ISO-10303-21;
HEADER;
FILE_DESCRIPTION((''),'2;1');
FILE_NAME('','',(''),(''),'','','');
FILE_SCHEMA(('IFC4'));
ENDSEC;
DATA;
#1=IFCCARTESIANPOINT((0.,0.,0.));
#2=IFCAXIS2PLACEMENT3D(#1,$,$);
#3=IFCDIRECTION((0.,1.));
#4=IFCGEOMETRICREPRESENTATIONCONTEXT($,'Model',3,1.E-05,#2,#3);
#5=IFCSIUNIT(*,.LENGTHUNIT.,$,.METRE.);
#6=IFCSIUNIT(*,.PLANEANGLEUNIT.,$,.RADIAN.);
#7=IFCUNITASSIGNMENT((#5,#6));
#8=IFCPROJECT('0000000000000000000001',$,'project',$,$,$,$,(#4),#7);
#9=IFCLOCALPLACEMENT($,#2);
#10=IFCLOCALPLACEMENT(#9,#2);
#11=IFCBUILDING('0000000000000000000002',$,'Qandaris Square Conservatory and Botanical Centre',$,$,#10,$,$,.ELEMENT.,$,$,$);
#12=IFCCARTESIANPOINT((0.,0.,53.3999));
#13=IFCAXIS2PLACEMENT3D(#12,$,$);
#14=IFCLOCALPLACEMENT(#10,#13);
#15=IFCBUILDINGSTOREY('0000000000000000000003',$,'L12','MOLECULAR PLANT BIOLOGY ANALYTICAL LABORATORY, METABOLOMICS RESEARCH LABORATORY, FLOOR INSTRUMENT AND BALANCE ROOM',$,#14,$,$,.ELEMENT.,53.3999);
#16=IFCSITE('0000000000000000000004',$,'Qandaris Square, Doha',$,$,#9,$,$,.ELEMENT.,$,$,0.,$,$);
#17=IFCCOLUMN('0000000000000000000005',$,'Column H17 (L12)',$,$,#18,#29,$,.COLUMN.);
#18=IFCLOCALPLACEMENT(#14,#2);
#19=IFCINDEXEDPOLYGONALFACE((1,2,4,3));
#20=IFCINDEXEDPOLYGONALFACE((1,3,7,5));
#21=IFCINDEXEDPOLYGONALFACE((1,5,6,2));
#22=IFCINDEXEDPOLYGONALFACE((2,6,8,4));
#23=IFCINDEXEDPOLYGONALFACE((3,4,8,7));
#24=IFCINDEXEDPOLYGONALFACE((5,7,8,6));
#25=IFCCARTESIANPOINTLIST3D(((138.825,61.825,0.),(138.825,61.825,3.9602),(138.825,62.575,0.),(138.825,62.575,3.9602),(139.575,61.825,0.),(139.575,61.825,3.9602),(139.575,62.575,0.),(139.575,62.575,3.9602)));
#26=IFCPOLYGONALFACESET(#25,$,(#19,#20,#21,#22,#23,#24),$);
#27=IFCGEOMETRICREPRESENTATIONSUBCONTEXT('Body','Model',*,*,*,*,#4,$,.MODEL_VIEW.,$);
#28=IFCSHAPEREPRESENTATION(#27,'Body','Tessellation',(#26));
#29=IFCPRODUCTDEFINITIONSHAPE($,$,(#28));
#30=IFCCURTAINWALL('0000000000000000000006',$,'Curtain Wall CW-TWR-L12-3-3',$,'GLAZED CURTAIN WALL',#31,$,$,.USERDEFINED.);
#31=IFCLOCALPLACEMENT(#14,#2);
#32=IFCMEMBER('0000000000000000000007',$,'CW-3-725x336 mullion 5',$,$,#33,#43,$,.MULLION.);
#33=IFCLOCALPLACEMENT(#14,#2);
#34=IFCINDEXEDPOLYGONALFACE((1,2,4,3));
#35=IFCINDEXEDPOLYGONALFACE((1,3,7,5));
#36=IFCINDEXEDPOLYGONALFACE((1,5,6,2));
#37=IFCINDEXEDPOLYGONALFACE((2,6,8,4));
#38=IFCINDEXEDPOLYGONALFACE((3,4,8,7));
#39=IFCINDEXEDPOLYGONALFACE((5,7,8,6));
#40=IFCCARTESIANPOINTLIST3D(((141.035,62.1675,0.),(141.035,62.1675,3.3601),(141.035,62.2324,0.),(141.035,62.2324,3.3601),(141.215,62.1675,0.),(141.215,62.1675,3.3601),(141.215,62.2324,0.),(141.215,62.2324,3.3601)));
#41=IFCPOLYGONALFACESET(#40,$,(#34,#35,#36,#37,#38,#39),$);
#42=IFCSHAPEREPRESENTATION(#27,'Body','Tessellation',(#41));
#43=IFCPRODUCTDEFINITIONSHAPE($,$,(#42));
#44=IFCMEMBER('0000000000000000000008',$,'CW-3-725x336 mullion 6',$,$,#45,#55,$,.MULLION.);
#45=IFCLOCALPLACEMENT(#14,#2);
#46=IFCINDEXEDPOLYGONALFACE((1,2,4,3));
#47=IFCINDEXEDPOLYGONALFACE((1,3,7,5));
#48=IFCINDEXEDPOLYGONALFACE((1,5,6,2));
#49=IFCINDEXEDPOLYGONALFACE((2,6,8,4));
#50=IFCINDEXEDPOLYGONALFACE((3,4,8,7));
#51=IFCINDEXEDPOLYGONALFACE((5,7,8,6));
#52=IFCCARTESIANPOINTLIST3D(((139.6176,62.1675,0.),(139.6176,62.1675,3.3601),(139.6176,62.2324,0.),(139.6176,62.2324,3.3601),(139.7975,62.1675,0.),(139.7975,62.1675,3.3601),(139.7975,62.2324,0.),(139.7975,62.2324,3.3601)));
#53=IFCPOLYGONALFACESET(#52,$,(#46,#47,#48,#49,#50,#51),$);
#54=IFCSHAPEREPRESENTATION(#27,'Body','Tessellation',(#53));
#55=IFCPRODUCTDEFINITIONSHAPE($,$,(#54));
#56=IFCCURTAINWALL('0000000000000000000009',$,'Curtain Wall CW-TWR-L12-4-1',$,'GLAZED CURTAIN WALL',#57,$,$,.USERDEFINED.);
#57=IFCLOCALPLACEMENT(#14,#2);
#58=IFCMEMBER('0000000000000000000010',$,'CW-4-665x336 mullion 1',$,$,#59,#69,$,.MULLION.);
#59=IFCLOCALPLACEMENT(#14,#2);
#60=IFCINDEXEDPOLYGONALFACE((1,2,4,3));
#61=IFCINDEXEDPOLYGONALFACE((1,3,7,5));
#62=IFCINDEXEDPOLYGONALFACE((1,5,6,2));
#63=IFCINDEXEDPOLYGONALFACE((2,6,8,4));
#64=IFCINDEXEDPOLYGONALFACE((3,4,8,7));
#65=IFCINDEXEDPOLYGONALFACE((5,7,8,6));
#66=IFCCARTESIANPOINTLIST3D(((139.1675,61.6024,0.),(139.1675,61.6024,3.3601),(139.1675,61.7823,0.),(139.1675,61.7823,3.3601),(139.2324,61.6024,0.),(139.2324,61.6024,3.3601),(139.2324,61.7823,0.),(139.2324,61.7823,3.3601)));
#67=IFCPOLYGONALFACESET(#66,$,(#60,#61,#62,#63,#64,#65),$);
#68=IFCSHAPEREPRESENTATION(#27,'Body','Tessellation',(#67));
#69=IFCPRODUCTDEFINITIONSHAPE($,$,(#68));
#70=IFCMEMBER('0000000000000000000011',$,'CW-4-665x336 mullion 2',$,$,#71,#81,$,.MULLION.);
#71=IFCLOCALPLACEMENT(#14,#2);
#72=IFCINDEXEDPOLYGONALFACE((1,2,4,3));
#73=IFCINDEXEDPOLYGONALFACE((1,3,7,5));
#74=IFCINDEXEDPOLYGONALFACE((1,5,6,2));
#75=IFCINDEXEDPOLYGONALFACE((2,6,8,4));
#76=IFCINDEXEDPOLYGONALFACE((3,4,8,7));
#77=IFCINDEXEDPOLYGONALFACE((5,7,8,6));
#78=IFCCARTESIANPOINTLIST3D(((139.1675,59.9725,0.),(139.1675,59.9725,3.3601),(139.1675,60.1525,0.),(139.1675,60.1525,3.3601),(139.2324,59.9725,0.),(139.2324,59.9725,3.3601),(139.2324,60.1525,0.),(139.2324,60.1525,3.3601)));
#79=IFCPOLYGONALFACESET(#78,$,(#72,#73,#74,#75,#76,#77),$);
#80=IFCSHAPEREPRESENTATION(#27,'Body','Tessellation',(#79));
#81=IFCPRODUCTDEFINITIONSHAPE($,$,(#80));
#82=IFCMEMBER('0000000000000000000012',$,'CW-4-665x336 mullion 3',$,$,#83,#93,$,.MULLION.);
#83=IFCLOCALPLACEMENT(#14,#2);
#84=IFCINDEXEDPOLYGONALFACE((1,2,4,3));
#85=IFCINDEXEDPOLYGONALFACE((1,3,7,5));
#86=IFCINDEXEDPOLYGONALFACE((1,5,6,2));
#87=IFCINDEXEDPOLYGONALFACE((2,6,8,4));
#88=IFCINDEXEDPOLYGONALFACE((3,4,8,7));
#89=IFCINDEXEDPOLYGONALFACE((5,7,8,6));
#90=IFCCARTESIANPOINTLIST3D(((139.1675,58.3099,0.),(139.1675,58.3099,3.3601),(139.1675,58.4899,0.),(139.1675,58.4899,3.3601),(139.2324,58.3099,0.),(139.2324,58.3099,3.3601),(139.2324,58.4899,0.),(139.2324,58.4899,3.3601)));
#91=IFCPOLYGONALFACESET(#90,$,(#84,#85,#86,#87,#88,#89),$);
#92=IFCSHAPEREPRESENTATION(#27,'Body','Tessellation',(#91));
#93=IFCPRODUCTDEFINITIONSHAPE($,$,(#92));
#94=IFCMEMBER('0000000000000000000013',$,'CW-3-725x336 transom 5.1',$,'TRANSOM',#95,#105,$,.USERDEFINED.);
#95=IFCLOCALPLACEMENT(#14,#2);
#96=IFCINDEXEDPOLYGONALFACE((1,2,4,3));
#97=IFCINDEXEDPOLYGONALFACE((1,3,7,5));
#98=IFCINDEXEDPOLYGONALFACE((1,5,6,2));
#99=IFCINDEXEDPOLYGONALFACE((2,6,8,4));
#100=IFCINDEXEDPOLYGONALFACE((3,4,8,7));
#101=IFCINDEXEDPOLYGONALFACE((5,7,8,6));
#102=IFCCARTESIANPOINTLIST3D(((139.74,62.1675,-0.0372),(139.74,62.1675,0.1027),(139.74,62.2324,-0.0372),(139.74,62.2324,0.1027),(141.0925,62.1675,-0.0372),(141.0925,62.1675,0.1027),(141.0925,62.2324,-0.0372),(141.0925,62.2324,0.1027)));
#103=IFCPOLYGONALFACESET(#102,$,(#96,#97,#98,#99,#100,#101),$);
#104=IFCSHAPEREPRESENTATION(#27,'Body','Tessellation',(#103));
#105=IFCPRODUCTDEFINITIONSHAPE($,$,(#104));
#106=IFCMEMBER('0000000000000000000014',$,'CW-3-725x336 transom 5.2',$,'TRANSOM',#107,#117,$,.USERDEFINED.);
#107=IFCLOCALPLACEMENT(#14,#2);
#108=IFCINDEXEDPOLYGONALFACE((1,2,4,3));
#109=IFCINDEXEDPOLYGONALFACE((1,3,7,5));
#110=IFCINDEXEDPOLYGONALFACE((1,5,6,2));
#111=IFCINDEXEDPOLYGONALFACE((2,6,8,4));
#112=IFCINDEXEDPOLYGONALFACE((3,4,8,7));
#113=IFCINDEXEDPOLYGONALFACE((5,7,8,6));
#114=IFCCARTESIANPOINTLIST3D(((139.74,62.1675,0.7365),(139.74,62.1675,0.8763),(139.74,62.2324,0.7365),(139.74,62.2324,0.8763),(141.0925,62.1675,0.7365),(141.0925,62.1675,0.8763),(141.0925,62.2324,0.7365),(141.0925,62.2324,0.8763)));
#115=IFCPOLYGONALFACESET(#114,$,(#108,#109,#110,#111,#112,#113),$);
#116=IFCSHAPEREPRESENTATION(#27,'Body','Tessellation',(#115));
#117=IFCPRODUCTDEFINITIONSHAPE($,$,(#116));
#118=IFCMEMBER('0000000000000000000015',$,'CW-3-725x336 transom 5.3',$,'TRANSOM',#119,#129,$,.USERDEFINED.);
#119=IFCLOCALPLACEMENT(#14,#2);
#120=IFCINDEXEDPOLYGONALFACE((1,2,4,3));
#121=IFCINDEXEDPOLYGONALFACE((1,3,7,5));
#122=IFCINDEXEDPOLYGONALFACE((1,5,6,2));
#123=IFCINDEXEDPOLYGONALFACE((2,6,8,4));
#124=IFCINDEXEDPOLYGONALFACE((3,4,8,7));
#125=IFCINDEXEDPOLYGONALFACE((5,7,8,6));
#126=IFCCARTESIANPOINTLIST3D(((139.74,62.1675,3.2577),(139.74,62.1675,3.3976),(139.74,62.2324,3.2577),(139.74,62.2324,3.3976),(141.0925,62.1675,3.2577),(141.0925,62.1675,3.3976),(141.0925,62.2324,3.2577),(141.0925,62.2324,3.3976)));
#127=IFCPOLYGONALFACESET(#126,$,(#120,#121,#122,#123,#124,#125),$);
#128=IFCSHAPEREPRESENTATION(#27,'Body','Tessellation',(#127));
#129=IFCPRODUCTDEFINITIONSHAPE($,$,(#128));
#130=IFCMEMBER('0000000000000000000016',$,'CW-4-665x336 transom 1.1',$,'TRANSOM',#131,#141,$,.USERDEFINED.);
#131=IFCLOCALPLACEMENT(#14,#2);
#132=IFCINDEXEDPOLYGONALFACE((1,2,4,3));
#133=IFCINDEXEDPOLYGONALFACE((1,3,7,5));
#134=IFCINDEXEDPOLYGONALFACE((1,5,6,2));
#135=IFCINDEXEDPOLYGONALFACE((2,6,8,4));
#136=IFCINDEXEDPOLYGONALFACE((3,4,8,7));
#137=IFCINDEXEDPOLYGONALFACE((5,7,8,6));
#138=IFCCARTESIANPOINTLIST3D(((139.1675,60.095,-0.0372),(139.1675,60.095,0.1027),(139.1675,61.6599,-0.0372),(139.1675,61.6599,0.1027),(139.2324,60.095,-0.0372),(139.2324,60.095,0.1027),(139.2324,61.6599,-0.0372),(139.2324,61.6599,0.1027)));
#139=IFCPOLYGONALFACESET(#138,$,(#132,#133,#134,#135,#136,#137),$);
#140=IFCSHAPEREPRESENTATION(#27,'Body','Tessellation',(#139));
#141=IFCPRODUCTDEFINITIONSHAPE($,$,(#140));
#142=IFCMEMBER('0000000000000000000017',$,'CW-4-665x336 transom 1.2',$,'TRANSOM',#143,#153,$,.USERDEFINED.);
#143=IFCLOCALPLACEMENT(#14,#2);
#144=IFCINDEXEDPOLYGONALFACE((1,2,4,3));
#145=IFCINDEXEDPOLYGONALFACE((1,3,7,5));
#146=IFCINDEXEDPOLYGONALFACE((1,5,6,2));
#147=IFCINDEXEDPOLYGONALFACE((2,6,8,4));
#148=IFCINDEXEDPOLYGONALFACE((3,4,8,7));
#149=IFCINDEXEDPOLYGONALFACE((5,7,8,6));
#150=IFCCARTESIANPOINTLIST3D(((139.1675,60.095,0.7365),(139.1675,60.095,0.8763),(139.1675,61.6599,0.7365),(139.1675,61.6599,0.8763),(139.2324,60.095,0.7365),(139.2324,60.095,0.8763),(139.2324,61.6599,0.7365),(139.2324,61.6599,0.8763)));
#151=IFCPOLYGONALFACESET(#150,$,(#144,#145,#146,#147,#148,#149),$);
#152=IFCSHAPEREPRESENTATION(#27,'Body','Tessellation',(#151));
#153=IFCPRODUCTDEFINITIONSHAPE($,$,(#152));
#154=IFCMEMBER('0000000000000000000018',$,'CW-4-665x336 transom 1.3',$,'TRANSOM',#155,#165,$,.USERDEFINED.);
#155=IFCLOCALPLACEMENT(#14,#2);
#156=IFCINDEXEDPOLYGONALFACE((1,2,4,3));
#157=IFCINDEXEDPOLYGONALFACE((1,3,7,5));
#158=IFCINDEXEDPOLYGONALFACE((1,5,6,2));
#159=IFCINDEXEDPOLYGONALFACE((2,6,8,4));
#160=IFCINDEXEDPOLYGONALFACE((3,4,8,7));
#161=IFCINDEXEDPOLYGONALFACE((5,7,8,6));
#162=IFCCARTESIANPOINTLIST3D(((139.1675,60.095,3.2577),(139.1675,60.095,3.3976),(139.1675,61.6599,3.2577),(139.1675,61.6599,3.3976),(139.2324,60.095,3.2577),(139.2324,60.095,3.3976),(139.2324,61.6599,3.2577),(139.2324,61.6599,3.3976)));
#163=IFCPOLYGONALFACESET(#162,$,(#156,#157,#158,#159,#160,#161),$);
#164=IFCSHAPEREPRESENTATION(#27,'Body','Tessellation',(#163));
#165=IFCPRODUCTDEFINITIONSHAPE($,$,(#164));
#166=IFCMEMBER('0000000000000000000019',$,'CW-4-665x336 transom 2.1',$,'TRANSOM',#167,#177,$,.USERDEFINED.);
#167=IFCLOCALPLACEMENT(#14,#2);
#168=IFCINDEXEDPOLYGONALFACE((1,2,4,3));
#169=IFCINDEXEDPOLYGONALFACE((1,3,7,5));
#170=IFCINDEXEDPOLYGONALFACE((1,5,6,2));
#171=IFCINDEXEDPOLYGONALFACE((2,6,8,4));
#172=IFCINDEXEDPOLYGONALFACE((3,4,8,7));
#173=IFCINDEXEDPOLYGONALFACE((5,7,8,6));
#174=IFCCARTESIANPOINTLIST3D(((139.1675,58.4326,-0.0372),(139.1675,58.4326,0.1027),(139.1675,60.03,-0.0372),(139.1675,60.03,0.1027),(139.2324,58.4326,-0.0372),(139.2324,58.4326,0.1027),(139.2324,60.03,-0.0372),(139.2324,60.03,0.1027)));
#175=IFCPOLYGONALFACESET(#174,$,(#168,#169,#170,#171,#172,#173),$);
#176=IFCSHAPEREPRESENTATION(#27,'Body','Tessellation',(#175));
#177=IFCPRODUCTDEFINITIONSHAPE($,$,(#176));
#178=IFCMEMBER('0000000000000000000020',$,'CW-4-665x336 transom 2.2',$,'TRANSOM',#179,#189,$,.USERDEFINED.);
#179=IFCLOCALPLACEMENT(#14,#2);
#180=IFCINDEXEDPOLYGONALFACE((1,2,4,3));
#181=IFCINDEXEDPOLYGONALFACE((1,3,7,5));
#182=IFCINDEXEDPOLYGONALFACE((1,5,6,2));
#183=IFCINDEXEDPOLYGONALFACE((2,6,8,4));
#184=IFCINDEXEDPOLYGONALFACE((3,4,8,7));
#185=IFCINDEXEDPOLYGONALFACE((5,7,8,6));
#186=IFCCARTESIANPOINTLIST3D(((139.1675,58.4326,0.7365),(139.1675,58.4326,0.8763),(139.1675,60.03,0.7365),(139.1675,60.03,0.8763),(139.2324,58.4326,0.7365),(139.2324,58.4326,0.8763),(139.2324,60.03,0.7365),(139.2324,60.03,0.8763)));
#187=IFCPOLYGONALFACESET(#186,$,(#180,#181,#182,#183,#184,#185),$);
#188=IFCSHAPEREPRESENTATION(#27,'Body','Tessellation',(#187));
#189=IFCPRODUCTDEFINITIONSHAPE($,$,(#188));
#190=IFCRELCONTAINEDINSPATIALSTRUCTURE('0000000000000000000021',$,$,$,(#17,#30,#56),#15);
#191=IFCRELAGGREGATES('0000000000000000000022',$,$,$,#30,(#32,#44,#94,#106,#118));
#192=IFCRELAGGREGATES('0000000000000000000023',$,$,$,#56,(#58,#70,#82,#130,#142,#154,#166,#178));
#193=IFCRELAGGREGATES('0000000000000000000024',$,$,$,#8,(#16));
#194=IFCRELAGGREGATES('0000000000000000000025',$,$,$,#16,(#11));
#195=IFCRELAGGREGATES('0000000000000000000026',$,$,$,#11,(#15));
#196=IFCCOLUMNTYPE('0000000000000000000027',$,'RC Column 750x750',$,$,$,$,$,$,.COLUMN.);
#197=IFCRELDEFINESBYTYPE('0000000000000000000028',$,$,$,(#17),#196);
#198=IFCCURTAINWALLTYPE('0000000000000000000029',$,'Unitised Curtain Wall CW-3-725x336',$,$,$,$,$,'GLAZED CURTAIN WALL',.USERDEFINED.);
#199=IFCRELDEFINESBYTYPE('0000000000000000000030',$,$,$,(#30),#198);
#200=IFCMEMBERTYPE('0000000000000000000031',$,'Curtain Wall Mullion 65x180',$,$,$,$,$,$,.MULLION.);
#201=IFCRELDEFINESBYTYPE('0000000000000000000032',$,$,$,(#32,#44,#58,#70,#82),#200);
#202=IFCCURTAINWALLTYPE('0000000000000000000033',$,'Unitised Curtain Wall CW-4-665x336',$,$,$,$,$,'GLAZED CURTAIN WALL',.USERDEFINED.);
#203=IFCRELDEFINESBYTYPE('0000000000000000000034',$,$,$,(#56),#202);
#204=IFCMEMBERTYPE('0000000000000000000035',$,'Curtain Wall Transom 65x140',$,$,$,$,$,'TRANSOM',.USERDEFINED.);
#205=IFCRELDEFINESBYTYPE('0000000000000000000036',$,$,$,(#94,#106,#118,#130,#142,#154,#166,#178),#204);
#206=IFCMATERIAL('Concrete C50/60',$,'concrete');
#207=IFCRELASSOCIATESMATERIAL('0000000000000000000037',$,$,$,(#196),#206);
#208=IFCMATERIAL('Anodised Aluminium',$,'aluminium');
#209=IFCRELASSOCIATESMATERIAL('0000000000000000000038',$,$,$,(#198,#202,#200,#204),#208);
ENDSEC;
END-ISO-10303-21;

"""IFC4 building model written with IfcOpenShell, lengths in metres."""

from ifc_helpers import new_model, si_unit, direction, frame, origin, origin_2d, place, context, subcontext, project, spatial, rectangle, extrude, material, material_profile, profile_set, type_object, element, aggregate, save


model = new_model("IFC4")

# Units and contexts
model_context = context("Model", 3, precision=1e-05, world=origin(), true_north=direction((0.0, 1.0)))
body_context = subcontext(model_context, "Body", "Model", "MODEL_VIEW")
ifc_project = project(units=[si_unit("LENGTHUNIT", "METRE"), si_unit("PLANEANGLEUNIT", "RADIAN")], contexts=[model_context])

# Site, building, storey
site_placement = place(None, origin())
site = spatial("IfcSite", under=ifc_project, at=site_placement, Name="Qandaris Square, Doha", CompositionType="ELEMENT", RefElevation=0.0)
building_placement = place(site_placement, origin())
building = spatial("IfcBuilding", under=site, at=building_placement, Name="Qandaris Square Conservatory and Botanical Centre", CompositionType="ELEMENT")
storey_placement = place(building_placement, frame((0.0, 0.0, 53.3999)))
storey = spatial("IfcBuildingStorey", under=building, at=storey_placement, Name="L12", Description="MOLECULAR PLANT BIOLOGY ANALYTICAL LABORATORY, METABOLOMICS RESEARCH LABORATORY, FLOOR INSTRUMENT AND BALANCE ROOM", CompositionType="ELEMENT", Elevation=53.3999)

# Column
ifc_material_1 = material(Name="Concrete C50/60", Category="concrete")
ifc_material_profile_1 = material_profile(ifc_material_1, rectangle(XDim=0.75, YDim=0.75, at=origin_2d()), Name="RC-COL 750x750")
ifc_profile_set_1 = profile_set([ifc_material_profile_1], Name="Concrete C50/60")
column_type = type_object("IfcColumnType", Name="RC Column 750x750", PredefinedType="COLUMN", material=ifc_profile_set_1)
column_placement = place(storey_placement, frame((139.2, 62.2, 0.0), z_axis=(0.0, 0.0, 1.0), x_axis=(1.0, 0.0, 0.0)))
element("IfcColumn", 1, at=column_placement, inside=storey, type_object=column_type, Name="Column H17 (L12)", PredefinedType="COLUMN", context=body_context, shape_type="SweptSolid", body=[
    extrude(rectangle(XDim=0.75, YDim=0.75, at=origin_2d()), origin(), (0.0, 0.0, 1.0), 3.9602),
])

# Curtain walls, members
ifc_material_2 = material(Name="Anodised Aluminium", Category="aluminium")
curtain_wall_type_1 = type_object("IfcCurtainWallType", Name="Unitised Curtain Wall CW-3-725x336", ElementType="GLAZED CURTAIN WALL", PredefinedType="USERDEFINED", material=ifc_material_2)
curtain_wall_1_placement = place(storey_placement, origin())
curtain_wall_1 = element("IfcCurtainWall", 2, at=curtain_wall_1_placement, inside=storey, type_object=curtain_wall_type_1, Name="Curtain Wall CW-TWR-L12-3-3", ObjectType="GLAZED CURTAIN WALL", PredefinedType="USERDEFINED")
ifc_material_profile_2 = material_profile(ifc_material_2, rectangle(XDim=0.0649, YDim=0.1799, at=origin_2d()), Name="ALU-MUL 65x180")
ifc_profile_set_2 = profile_set([ifc_material_profile_2], Name="Anodised Aluminium")
member_type_1 = type_object("IfcMemberType", Name="Curtain Wall Mullion 65x180", PredefinedType="MULLION", material=ifc_profile_set_2)
member_1_placement = place(storey_placement, frame((141.125, 62.2, 0.0), z_axis=(0.0, 0.0, 1.0), x_axis=(0.0, -1.0, 0.0)))
member_1 = element("IfcMember", 3, at=member_1_placement, type_object=member_type_1, Name="CW-3-725x336 mullion 5", PredefinedType="MULLION", context=body_context, shape_type="SweptSolid", body=[
    extrude(rectangle(XDim=0.0649, YDim=0.1799, at=origin_2d()), origin(), (0.0, 0.0, 1.0), 3.3601),
])
member_2_placement = place(storey_placement, frame((139.7075, 62.2, 0.0), z_axis=(0.0, 0.0, 1.0), x_axis=(0.0, -1.0, 0.0)))
member_2 = element("IfcMember", 4, at=member_2_placement, type_object=member_type_1, Name="CW-3-725x336 mullion 6", PredefinedType="MULLION", context=body_context, shape_type="SweptSolid", body=[
    extrude(rectangle(XDim=0.0649, YDim=0.1799, at=origin_2d()), origin(), (0.0, 0.0, 1.0), 3.3601),
])
curtain_wall_type_2 = type_object("IfcCurtainWallType", Name="Unitised Curtain Wall CW-4-665x336", ElementType="GLAZED CURTAIN WALL", PredefinedType="USERDEFINED", material=ifc_material_2)
curtain_wall_2_placement = place(storey_placement, origin())
curtain_wall_2 = element("IfcCurtainWall", 5, at=curtain_wall_2_placement, inside=storey, type_object=curtain_wall_type_2, Name="Curtain Wall CW-TWR-L12-4-1", ObjectType="GLAZED CURTAIN WALL", PredefinedType="USERDEFINED")
member_3_placement = place(storey_placement, frame((139.2, 61.6924, 0.0), z_axis=(0.0, 0.0, 1.0), x_axis=(1.0, 0.0, 0.0)))
member_3 = element("IfcMember", 6, at=member_3_placement, type_object=member_type_1, Name="CW-4-665x336 mullion 1", PredefinedType="MULLION", context=body_context, shape_type="SweptSolid", body=[
    extrude(rectangle(XDim=0.0649, YDim=0.1799, at=origin_2d()), origin(), (0.0, 0.0, 1.0), 3.3601),
])
member_4_placement = place(storey_placement, frame((139.2, 60.0625, 0.0), z_axis=(0.0, 0.0, 1.0), x_axis=(1.0, 0.0, 0.0)))
member_4 = element("IfcMember", 7, at=member_4_placement, type_object=member_type_1, Name="CW-4-665x336 mullion 2", PredefinedType="MULLION", context=body_context, shape_type="SweptSolid", body=[
    extrude(rectangle(XDim=0.0649, YDim=0.1799, at=origin_2d()), origin(), (0.0, 0.0, 1.0), 3.3601),
])
member_5_placement = place(storey_placement, frame((139.2, 58.3999, 0.0), z_axis=(0.0, 0.0, 1.0), x_axis=(1.0, 0.0, 0.0)))
member_5 = element("IfcMember", 8, at=member_5_placement, type_object=member_type_1, Name="CW-4-665x336 mullion 3", PredefinedType="MULLION", context=body_context, shape_type="SweptSolid", body=[
    extrude(rectangle(XDim=0.0649, YDim=0.1799, at=origin_2d()), origin(), (0.0, 0.0, 1.0), 3.3601),
])

# Members
ifc_material_profile_3 = material_profile(ifc_material_2, rectangle(XDim=0.0649, YDim=0.1399, at=origin_2d()), Name="ALU-TRN 65x140")
ifc_profile_set_3 = profile_set([ifc_material_profile_3], Name="Anodised Aluminium")
member_type_2 = type_object("IfcMemberType", Name="Curtain Wall Transom 65x140", ElementType="TRANSOM", PredefinedType="USERDEFINED", material=ifc_profile_set_3)
member_6_placement = place(storey_placement, frame((141.0925, 62.2, 0.0327), z_axis=(-1.0, 0.0, 0.0), x_axis=(0.0, -1.0, 0.0)))
member_6 = element("IfcMember", 9, at=member_6_placement, type_object=member_type_2, Name="CW-3-725x336 transom 5.1", ObjectType="TRANSOM", PredefinedType="USERDEFINED", context=body_context, shape_type="SweptSolid", body=[
    extrude(rectangle(XDim=0.0649, YDim=0.1399, at=origin_2d()), origin(), (0.0, 0.0, 1.0), 1.3525),
])
member_7_placement = place(storey_placement, frame((141.0925, 62.2, 0.8064), z_axis=(-1.0, 0.0, 0.0), x_axis=(0.0, -1.0, 0.0)))
member_7 = element("IfcMember", 10, at=member_7_placement, type_object=member_type_2, Name="CW-3-725x336 transom 5.2", ObjectType="TRANSOM", PredefinedType="USERDEFINED", context=body_context, shape_type="SweptSolid", body=[
    extrude(rectangle(XDim=0.0649, YDim=0.1399, at=origin_2d()), origin(), (0.0, 0.0, 1.0), 1.3525),
])
member_8_placement = place(storey_placement, frame((141.0925, 62.2, 3.3276), z_axis=(-1.0, 0.0, 0.0), x_axis=(0.0, -1.0, 0.0)))
member_8 = element("IfcMember", 11, at=member_8_placement, type_object=member_type_2, Name="CW-3-725x336 transom 5.3", ObjectType="TRANSOM", PredefinedType="USERDEFINED", context=body_context, shape_type="SweptSolid", body=[
    extrude(rectangle(XDim=0.0649, YDim=0.1399, at=origin_2d()), origin(), (0.0, 0.0, 1.0), 1.3525),
])
member_9_placement = place(storey_placement, frame((139.2, 61.6599, 0.0327), z_axis=(0.0, -1.0, 0.0), x_axis=(1.0, 0.0, 0.0)))
member_9 = element("IfcMember", 12, at=member_9_placement, type_object=member_type_2, Name="CW-4-665x336 transom 1.1", ObjectType="TRANSOM", PredefinedType="USERDEFINED", context=body_context, shape_type="SweptSolid", body=[
    extrude(rectangle(XDim=0.0649, YDim=0.1399, at=origin_2d()), origin(), (0.0, 0.0, 1.0), 1.5649),
])
member_10_placement = place(storey_placement, frame((139.2, 61.6599, 0.8064), z_axis=(0.0, -1.0, 0.0), x_axis=(1.0, 0.0, 0.0)))
member_10 = element("IfcMember", 13, at=member_10_placement, type_object=member_type_2, Name="CW-4-665x336 transom 1.2", ObjectType="TRANSOM", PredefinedType="USERDEFINED", context=body_context, shape_type="SweptSolid", body=[
    extrude(rectangle(XDim=0.0649, YDim=0.1399, at=origin_2d()), origin(), (0.0, 0.0, 1.0), 1.5649),
])
member_11_placement = place(storey_placement, frame((139.2, 61.6599, 3.3276), z_axis=(0.0, -1.0, 0.0), x_axis=(1.0, 0.0, 0.0)))
member_11 = element("IfcMember", 14, at=member_11_placement, type_object=member_type_2, Name="CW-4-665x336 transom 1.3", ObjectType="TRANSOM", PredefinedType="USERDEFINED", context=body_context, shape_type="SweptSolid", body=[
    extrude(rectangle(XDim=0.0649, YDim=0.1399, at=origin_2d()), origin(), (0.0, 0.0, 1.0), 1.5649),
])
member_12_placement = place(storey_placement, frame((139.2, 60.03, 0.0327), z_axis=(0.0, -1.0, 0.0), x_axis=(1.0, 0.0, 0.0)))
member_12 = element("IfcMember", 15, at=member_12_placement, type_object=member_type_2, Name="CW-4-665x336 transom 2.1", ObjectType="TRANSOM", PredefinedType="USERDEFINED", context=body_context, shape_type="SweptSolid", body=[
    extrude(rectangle(XDim=0.0649, YDim=0.1399, at=origin_2d()), origin(), (0.0, 0.0, 1.0), 1.5974),
])
member_13_placement = place(storey_placement, frame((139.2, 60.03, 0.8064), z_axis=(0.0, -1.0, 0.0), x_axis=(1.0, 0.0, 0.0)))
member_13 = element("IfcMember", 16, at=member_13_placement, type_object=member_type_2, Name="CW-4-665x336 transom 2.2", ObjectType="TRANSOM", PredefinedType="USERDEFINED", context=body_context, shape_type="SweptSolid", body=[
    extrude(rectangle(XDim=0.0649, YDim=0.1399, at=origin_2d()), origin(), (0.0, 0.0, 1.0), 1.5974),
])

aggregate(curtain_wall_1, [member_1, member_2, member_6, member_7, member_8])
aggregate(curtain_wall_2, [member_3, member_4, member_5, member_9, member_10, member_11, member_12, member_13])

save(model, "model.ifc")
